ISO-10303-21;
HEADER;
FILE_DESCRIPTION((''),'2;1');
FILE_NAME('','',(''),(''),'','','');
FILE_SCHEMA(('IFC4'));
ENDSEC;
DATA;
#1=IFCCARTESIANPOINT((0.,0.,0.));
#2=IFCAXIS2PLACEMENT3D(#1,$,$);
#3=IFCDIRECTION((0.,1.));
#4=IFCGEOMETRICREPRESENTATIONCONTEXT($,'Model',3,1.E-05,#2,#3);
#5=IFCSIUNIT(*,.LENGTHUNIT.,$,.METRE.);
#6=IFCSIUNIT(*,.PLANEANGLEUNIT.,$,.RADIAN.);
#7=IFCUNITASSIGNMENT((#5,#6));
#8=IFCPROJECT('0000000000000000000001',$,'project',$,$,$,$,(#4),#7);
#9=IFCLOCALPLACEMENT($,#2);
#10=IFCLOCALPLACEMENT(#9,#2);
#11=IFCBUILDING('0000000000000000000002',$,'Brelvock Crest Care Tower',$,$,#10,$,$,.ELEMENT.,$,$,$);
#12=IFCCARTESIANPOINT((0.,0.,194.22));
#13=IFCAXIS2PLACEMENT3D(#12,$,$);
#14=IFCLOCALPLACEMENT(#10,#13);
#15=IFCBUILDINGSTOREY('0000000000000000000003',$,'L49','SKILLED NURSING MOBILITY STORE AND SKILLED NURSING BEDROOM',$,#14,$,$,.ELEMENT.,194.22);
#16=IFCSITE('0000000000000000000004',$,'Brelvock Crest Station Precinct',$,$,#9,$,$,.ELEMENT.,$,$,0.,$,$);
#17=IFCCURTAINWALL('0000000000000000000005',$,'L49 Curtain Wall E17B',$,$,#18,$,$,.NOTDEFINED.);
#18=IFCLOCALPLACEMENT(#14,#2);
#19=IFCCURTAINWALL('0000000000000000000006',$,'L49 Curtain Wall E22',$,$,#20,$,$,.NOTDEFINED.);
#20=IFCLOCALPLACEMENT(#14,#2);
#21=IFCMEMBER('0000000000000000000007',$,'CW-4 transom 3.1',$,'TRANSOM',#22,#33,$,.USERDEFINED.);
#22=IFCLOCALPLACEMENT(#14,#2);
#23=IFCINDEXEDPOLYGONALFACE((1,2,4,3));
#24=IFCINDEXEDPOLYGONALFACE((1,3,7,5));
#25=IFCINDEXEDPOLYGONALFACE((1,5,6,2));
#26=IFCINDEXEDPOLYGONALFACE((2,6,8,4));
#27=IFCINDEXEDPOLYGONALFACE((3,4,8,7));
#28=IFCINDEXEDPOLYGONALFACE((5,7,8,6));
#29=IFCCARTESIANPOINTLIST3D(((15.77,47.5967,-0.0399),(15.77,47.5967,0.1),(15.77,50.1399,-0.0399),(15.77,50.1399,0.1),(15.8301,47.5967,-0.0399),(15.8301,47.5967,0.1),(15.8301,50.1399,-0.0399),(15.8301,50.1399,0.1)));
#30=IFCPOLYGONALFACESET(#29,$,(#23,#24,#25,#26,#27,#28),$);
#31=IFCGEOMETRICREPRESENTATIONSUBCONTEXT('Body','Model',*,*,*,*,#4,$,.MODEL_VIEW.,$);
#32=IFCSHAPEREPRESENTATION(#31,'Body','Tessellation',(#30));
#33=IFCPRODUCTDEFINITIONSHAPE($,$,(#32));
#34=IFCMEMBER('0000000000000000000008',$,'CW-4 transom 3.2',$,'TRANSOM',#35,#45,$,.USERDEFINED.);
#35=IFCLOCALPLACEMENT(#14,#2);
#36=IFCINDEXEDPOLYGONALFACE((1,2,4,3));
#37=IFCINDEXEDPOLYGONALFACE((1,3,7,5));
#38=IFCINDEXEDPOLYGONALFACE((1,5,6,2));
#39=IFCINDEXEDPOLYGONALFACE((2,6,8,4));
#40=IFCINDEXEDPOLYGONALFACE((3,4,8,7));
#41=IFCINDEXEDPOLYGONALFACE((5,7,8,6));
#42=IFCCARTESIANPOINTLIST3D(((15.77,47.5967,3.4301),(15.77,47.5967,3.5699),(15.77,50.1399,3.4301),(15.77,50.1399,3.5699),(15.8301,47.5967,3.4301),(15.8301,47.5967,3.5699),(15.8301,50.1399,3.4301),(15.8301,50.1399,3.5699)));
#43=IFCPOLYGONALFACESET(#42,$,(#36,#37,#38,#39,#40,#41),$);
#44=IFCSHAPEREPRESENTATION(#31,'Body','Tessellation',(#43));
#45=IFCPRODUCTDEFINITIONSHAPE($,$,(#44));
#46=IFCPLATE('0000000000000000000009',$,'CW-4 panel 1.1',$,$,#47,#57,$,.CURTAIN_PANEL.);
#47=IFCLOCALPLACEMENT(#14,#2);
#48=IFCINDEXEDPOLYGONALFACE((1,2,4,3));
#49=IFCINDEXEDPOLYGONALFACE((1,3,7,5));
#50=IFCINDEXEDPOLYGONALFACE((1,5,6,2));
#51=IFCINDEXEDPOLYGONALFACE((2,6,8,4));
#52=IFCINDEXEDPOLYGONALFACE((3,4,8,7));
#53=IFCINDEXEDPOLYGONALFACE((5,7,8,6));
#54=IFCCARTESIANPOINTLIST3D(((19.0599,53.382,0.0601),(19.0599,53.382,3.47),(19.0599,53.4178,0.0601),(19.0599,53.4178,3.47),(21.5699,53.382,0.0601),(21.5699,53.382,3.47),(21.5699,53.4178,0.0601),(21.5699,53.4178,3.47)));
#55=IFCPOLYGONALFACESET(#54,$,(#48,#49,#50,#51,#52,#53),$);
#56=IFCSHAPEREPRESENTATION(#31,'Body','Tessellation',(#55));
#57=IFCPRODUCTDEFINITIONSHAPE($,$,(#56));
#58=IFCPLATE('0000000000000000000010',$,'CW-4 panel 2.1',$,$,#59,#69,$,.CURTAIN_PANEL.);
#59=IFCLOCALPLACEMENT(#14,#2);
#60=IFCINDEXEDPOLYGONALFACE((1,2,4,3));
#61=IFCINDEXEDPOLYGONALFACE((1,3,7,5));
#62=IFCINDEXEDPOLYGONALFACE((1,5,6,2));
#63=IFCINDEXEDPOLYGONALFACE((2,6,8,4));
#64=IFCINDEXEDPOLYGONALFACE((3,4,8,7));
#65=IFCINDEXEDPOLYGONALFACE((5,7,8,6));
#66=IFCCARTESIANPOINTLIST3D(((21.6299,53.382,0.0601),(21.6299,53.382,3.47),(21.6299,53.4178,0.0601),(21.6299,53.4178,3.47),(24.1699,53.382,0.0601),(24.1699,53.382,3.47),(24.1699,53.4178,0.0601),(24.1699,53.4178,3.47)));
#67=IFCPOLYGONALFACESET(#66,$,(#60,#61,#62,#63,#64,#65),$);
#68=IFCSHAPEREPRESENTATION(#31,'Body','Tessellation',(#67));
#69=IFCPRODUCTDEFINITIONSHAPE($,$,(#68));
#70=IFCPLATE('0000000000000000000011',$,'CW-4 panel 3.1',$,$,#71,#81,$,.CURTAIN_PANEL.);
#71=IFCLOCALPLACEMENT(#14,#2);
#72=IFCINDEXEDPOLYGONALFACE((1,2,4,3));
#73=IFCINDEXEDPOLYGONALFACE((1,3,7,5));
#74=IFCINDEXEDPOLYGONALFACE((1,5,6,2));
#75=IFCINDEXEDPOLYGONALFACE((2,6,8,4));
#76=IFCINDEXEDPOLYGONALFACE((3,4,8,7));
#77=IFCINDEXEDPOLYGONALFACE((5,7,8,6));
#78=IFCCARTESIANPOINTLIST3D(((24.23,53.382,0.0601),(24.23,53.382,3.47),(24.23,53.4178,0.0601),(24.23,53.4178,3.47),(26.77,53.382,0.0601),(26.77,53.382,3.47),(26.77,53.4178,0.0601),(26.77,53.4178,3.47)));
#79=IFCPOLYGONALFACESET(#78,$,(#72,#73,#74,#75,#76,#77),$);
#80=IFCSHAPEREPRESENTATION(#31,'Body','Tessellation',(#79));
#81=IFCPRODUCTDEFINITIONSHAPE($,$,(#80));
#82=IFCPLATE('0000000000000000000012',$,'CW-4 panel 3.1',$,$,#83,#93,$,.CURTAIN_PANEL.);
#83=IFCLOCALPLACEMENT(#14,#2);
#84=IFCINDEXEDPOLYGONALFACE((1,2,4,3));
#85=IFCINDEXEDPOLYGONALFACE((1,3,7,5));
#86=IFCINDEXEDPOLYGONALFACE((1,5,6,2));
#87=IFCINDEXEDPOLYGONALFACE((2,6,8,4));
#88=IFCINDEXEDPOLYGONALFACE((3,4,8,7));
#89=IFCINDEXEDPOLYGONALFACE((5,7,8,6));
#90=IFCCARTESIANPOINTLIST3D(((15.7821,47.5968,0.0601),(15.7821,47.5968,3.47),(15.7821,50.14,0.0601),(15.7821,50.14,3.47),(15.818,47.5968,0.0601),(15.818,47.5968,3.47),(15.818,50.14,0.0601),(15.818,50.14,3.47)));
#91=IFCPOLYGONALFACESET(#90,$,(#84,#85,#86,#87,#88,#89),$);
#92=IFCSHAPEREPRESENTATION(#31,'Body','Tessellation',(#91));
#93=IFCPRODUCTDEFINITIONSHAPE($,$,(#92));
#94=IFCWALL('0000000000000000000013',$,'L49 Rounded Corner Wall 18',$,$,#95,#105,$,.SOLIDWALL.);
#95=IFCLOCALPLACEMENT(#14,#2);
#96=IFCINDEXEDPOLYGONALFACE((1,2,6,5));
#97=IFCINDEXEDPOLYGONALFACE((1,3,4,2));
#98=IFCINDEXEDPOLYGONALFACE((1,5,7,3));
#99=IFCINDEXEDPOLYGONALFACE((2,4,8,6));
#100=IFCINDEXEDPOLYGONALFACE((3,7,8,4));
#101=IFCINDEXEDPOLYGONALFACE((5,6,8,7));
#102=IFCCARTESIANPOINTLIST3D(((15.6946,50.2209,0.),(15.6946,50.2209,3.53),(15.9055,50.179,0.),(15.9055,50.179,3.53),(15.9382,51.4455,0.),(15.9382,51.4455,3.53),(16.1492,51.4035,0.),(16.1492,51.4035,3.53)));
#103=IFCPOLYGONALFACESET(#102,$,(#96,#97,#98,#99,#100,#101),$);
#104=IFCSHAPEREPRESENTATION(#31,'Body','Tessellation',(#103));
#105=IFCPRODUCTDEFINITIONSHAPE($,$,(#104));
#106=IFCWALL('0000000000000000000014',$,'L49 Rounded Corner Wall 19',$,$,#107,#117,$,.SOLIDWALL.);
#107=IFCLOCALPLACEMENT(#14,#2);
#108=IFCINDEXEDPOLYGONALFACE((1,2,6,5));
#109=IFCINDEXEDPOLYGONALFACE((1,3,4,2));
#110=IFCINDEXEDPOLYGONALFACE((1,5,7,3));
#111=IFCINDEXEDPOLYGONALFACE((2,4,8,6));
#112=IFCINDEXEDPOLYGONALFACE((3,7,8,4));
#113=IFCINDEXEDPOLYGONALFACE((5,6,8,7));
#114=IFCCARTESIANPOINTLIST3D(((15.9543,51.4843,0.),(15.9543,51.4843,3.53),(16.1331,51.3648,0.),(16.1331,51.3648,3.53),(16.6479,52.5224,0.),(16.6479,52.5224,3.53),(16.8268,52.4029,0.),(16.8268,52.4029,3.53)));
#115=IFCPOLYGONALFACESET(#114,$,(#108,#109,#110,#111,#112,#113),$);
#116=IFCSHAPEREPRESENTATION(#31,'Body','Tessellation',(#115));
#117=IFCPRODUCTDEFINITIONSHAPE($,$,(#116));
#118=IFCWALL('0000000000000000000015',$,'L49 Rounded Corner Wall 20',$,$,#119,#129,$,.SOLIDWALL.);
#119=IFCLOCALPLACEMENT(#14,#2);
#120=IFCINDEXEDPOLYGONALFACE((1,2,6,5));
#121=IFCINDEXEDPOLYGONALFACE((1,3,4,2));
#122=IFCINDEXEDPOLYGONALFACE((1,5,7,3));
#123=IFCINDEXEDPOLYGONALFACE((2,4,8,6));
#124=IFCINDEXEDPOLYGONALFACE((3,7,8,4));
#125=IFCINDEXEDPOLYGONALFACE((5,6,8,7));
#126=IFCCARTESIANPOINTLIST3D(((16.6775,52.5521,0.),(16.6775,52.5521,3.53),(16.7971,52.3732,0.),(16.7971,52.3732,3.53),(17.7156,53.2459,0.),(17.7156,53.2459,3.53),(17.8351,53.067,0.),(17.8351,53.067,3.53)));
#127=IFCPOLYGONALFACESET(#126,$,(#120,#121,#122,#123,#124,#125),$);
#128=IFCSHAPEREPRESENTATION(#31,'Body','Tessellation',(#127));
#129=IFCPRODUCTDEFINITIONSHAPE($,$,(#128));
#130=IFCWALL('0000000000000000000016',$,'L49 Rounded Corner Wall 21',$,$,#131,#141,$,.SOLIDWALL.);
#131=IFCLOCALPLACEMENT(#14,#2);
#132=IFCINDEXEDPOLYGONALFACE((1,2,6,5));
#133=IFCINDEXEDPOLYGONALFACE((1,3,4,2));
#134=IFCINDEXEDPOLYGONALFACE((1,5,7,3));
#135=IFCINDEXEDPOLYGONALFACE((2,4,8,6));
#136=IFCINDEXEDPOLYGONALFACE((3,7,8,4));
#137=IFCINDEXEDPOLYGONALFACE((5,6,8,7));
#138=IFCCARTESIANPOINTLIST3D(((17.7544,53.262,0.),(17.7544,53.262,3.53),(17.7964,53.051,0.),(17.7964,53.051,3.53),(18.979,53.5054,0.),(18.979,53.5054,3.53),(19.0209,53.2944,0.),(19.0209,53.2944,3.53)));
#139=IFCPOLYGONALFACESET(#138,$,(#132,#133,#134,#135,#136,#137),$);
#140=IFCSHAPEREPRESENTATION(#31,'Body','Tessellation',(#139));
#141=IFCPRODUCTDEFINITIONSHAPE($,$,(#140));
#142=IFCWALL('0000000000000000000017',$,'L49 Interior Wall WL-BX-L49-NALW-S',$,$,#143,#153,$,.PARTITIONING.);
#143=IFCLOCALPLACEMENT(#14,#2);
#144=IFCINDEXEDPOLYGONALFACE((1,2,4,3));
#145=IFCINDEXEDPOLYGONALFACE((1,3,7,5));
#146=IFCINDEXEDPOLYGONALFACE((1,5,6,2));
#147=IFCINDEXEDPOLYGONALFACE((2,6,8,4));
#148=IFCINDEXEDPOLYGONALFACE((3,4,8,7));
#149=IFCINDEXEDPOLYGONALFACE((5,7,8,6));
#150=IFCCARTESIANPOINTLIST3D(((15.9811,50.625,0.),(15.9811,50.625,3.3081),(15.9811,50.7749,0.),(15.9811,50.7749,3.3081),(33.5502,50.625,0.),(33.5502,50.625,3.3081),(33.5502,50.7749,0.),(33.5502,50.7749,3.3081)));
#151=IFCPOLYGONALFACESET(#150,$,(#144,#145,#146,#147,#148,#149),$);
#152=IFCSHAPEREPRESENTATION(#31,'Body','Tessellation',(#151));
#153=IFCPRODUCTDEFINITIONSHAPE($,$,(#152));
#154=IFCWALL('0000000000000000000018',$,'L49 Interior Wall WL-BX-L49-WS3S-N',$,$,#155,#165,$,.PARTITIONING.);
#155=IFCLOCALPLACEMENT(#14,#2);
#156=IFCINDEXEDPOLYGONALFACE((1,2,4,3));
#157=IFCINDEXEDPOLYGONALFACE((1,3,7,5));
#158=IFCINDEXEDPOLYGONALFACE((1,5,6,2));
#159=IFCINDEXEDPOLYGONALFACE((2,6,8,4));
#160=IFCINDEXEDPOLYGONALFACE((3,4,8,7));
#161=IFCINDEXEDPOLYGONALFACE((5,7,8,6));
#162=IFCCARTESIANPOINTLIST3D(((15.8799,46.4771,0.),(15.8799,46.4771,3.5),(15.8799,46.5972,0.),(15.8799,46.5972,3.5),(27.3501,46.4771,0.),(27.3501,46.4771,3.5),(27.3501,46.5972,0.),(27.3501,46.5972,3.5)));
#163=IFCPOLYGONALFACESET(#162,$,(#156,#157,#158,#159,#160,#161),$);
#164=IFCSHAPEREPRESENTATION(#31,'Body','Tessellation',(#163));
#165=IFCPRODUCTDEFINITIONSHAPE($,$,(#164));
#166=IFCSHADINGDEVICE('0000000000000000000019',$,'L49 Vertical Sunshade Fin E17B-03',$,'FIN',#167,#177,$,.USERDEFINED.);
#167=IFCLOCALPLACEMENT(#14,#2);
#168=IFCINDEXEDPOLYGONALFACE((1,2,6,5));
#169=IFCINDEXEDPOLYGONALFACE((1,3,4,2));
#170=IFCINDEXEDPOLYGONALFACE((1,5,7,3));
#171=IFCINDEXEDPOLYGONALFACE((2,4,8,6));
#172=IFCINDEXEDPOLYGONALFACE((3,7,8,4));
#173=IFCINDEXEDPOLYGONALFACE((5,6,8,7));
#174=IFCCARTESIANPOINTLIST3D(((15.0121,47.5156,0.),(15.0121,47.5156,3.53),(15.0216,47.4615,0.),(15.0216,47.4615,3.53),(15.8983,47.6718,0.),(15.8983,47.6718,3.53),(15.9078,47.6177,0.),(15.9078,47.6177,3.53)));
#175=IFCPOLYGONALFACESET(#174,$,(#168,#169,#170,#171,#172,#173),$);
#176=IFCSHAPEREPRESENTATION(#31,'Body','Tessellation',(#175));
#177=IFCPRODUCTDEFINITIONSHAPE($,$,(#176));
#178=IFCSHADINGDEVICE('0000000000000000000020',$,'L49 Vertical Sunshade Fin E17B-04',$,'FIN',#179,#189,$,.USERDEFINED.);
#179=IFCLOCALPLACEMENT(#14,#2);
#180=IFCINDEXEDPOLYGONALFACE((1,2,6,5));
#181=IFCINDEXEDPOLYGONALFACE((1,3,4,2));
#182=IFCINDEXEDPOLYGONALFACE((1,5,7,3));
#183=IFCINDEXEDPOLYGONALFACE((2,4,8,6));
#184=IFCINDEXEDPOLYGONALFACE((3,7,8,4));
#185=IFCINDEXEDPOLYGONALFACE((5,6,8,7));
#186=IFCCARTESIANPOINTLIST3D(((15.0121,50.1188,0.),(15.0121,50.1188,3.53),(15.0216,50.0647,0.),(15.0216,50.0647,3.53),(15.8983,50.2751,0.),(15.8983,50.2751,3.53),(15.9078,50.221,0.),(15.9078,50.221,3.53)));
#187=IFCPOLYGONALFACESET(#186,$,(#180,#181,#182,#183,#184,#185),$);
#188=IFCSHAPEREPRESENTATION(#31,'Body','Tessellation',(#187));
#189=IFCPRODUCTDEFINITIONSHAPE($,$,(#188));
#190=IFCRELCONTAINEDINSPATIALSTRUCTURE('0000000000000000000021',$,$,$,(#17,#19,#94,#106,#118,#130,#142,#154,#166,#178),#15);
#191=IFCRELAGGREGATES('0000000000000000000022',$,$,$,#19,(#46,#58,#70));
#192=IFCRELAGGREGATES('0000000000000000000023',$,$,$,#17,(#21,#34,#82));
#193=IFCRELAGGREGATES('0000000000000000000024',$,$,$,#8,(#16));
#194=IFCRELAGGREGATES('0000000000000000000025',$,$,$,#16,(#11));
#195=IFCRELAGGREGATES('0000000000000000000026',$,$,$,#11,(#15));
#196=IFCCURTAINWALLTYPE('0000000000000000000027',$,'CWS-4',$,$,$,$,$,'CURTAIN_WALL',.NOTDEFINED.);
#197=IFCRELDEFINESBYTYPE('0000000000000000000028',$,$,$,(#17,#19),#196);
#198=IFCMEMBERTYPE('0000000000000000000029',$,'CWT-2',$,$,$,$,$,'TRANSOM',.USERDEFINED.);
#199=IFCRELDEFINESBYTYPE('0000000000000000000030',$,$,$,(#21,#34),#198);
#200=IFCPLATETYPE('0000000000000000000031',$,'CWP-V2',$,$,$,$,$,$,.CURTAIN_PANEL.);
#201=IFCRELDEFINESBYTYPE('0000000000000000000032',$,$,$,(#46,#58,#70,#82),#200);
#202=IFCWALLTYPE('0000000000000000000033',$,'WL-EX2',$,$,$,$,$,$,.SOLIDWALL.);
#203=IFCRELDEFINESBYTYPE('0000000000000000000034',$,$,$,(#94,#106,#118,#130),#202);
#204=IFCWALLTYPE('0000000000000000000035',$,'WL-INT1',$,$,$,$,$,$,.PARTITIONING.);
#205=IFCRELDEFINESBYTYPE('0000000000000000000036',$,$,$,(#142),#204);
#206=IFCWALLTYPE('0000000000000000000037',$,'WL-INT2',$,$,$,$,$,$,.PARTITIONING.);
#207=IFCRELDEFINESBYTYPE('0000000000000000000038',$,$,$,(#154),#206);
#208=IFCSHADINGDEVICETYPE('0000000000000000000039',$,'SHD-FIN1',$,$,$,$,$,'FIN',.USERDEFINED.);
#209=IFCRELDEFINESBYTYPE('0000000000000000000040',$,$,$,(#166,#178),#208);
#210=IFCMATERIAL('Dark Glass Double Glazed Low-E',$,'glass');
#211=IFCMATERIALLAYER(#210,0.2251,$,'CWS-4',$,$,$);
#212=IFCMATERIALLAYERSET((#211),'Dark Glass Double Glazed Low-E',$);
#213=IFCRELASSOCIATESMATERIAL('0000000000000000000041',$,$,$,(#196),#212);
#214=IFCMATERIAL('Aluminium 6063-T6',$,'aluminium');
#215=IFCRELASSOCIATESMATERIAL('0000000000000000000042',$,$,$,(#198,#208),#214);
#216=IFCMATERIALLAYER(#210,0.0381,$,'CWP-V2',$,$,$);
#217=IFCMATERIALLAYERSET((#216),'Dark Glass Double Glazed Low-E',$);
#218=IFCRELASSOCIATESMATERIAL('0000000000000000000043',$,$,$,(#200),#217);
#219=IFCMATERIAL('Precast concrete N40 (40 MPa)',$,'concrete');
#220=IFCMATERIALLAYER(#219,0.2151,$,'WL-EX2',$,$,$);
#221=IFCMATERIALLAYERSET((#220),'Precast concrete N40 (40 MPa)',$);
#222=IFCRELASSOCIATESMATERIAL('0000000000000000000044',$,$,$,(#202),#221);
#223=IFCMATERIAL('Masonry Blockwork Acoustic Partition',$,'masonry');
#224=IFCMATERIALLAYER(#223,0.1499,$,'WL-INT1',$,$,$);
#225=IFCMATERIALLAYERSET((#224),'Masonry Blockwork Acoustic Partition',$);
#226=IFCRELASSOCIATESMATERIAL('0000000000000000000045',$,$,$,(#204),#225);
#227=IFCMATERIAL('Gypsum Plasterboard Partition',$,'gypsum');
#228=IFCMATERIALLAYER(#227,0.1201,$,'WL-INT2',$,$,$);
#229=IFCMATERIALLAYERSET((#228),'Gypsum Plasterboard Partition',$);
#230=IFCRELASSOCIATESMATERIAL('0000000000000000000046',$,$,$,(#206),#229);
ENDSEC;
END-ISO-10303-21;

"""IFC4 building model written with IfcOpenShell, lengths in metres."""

from ifc_helpers import new_model, si_unit, direction, frame, frame_2d, origin, origin_2d, place, context, subcontext, project, spatial, rectangle, extrude, source, transform, mapped, material, layer, layer_set, material_profile, profile_set, type_object, element, aggregate, save


model = new_model("IFC4")

# Units and contexts
model_context = context("Model", 3, precision=1e-05, world=origin(), true_north=direction((0.0, 1.0)))
body_context = subcontext(model_context, "Body", "Model", "MODEL_VIEW")
ifc_project = project(units=[si_unit("LENGTHUNIT", "METRE"), si_unit("PLANEANGLEUNIT", "RADIAN")], contexts=[model_context])

# Site, building, storey
site_placement = place(None, origin())
site = spatial("IfcSite", under=ifc_project, at=site_placement, Name="Brelvock Crest Station Precinct", CompositionType="ELEMENT", RefElevation=0.0)
building_placement = place(site_placement, origin())
building = spatial("IfcBuilding", under=site, at=building_placement, Name="Brelvock Crest Care Tower", CompositionType="ELEMENT")
storey_placement = place(building_placement, frame((0.0, 0.0, 194.22)))
storey = spatial("IfcBuildingStorey", under=building, at=storey_placement, Name="L49", Description="SKILLED NURSING MOBILITY STORE AND SKILLED NURSING BEDROOM", CompositionType="ELEMENT", Elevation=194.22)

# Curtain walls
ifc_material_1 = material(Name="Dark Glass Double Glazed Low-E", Category="glass")
ifc_layer_1 = layer(ifc_material_1, 0.2251, Name="CWS-4")
ifc_layer_set_1 = layer_set([ifc_layer_1], Name="Dark Glass Double Glazed Low-E")
curtain_wall_type = type_object("IfcCurtainWallType", Name="CWS-4", ElementType="CURTAIN_WALL", PredefinedType="NOTDEFINED", material=ifc_layer_set_1)
curtain_wall_1_placement = place(storey_placement, origin())
curtain_wall_1 = element("IfcCurtainWall", 1, at=curtain_wall_1_placement, inside=storey, type_object=curtain_wall_type, Name="L49 Curtain Wall E17B", PredefinedType="NOTDEFINED")
ifc_material_2 = material(Name="Aluminium 6063-T6", Category="aluminium")
curtain_wall_2_placement = place(storey_placement, origin())
curtain_wall_2 = element("IfcCurtainWall", 2, at=curtain_wall_2_placement, inside=storey, type_object=curtain_wall_type, Name="L49 Curtain Wall E22", PredefinedType="NOTDEFINED")
ifc_material_profile_1 = material_profile(ifc_material_2, rectangle(XDim=0.0601, YDim=0.1399, at=origin_2d()), Name="ALU60x140")
ifc_profile_set_1 = profile_set([ifc_material_profile_1], Name="Aluminium 6063-T6")
member_type_1 = type_object("IfcMemberType", Name="CWT-2", ElementType="TRANSOM", PredefinedType="USERDEFINED", material=ifc_profile_set_1)

# Members
shared_shape_1 = source(origin(), body_context, "Body", "SweptSolid", [
    extrude(rectangle(XDim=0.0601, YDim=0.1399, at=origin_2d()), origin(), (0.0, 0.0, 1.0), 2.5432),
])
member_1_placement = place(storey_placement, frame((15.8, 47.5967, 0.03), z_axis=(0.0, 1.0, 0.0), x_axis=(-1.0, 0.0, 0.0)))
member_1 = element("IfcMember", 3, at=member_1_placement, type_object=member_type_1, Name="CW-4 transom 3.1", ObjectType="TRANSOM", PredefinedType="USERDEFINED", context=body_context, shape_type="MappedRepresentation", body=[
    mapped(shared_shape_1, transform((0.0, 0.0, 0.0), x_axis=(1.0, 0.0, 0.0), y_axis=(0.0, 1.0, 0.0), z_axis=(0.0, 0.0, 1.0), scale=1.0)),
])
member_2_placement = place(storey_placement, frame((15.8, 47.5967, 3.5), z_axis=(0.0, 1.0, 0.0), x_axis=(-1.0, 0.0, 0.0)))
member_2 = element("IfcMember", 4, at=member_2_placement, type_object=member_type_1, Name="CW-4 transom 3.2", ObjectType="TRANSOM", PredefinedType="USERDEFINED", context=body_context, shape_type="MappedRepresentation", body=[
    mapped(shared_shape_1, transform((0.0, 0.0, 0.0), x_axis=(1.0, 0.0, 0.0), y_axis=(0.0, 1.0, 0.0), z_axis=(0.0, 0.0, 1.0), scale=1.0)),
])

# Plates
ifc_layer_2 = layer(ifc_material_1, 0.0381, Name="CWP-V2")
ifc_layer_set_2 = layer_set([ifc_layer_2], Name="Dark Glass Double Glazed Low-E")
plate_type = type_object("IfcPlateType", Name="CWP-V2", PredefinedType="CURTAIN_PANEL", material=ifc_layer_set_2)
shared_shape_2 = source(origin(), body_context, "Body", "SweptSolid", [
    extrude(rectangle(XDim=2.51, YDim=0.0359, at=origin_2d()), origin(), (0.0, 0.0, 1.0), 3.4099),
])
plate_1_placement = place(storey_placement, frame((20.3149, 53.3999, 0.0601), z_axis=(0.0, 0.0, 1.0), x_axis=(1.0, 0.0, 0.0)))
plate_1 = element("IfcPlate", 5, at=plate_1_placement, type_object=plate_type, Name="CW-4 panel 1.1", PredefinedType="CURTAIN_PANEL", context=body_context, shape_type="MappedRepresentation", body=[
    mapped(shared_shape_2, transform((0.0, 0.0, 0.0), x_axis=(1.0, 0.0, 0.0), y_axis=(0.0, 1.0, 0.0), z_axis=(0.0, 0.0, 1.0), scale=1.0)),
])
shared_shape_3 = source(origin(), body_context, "Body", "SweptSolid", [
    extrude(rectangle(XDim=2.54, YDim=0.0359, at=origin_2d()), origin(), (0.0, 0.0, 1.0), 3.4099),
])
plate_2_placement = place(storey_placement, frame((22.8999, 53.3999, 0.0601), z_axis=(0.0, 0.0, 1.0), x_axis=(1.0, 0.0, 0.0)))
plate_2 = element("IfcPlate", 6, at=plate_2_placement, type_object=plate_type, Name="CW-4 panel 2.1", PredefinedType="CURTAIN_PANEL", context=body_context, shape_type="MappedRepresentation", body=[
    mapped(shared_shape_3, transform((0.0, 0.0, 0.0), x_axis=(1.0, 0.0, 0.0), y_axis=(0.0, 1.0, 0.0), z_axis=(0.0, 0.0, 1.0), scale=1.0)),
])
plate_3_placement = place(storey_placement, frame((25.5, 53.3999, 0.0601), z_axis=(0.0, 0.0, 1.0), x_axis=(1.0, 0.0, 0.0)))
plate_3 = element("IfcPlate", 7, at=plate_3_placement, type_object=plate_type, Name="CW-4 panel 3.1", PredefinedType="CURTAIN_PANEL", context=body_context, shape_type="MappedRepresentation", body=[
    mapped(shared_shape_3, transform((0.0, 0.0, 0.0), x_axis=(1.0, 0.0, 0.0), y_axis=(0.0, 1.0, 0.0), z_axis=(0.0, 0.0, 1.0), scale=1.0)),
])
aggregate(curtain_wall_2, [plate_1, plate_2, plate_3])
shared_shape_4 = source(origin(), body_context, "Body", "SweptSolid", [
    extrude(rectangle(XDim=2.5432, YDim=0.0359, at=origin_2d()), origin(), (0.0, 0.0, 1.0), 3.4099),
])
plate_4_placement = place(storey_placement, frame((15.8, 48.8684, 0.0601), z_axis=(0.0, 0.0, 1.0), x_axis=(0.0, 1.0, 0.0)))
plate_4 = element("IfcPlate", 8, at=plate_4_placement, type_object=plate_type, Name="CW-4 panel 3.1", PredefinedType="CURTAIN_PANEL", context=body_context, shape_type="MappedRepresentation", body=[
    mapped(shared_shape_4, transform((0.0, 0.0, 0.0), x_axis=(1.0, 0.0, 0.0), y_axis=(0.0, 1.0, 0.0), z_axis=(0.0, 0.0, 1.0), scale=1.0)),
])
aggregate(curtain_wall_1, [member_1, member_2, plate_4])

# Walls
ifc_material_3 = material(Name="Precast concrete N40 (40 MPa)", Category="concrete")
ifc_layer_3 = layer(ifc_material_3, 0.2151, Name="WL-EX2")
ifc_layer_set_3 = layer_set([ifc_layer_3], Name="Precast concrete N40 (40 MPa)")
wall_type_1 = type_object("IfcWallType", Name="WL-EX2", PredefinedType="SOLIDWALL", material=ifc_layer_set_3)
for number, where, z_axis, x_axis, name in (
    (9, (15.8, 50.2, 0.0), (0.0, 0.0, 1.0), (0.195138, 0.980776, 0.0), "L49 Rounded Corner Wall 18"),
    (10, (16.0437, 51.4246, 0.0), (0.0, 0.0, 1.0), (0.555557, 0.831478, 0.0), "L49 Rounded Corner Wall 19"),
    (11, (16.7373, 52.4626, 0.0), (0.0, 0.0, 1.0), (0.831388, 0.555692, 0.0), "L49 Rounded Corner Wall 20"),
    (12, (17.7754, 53.1565, 0.0), (0.0, 0.0, 1.0), (0.980813, 0.19495, 0.0), "L49 Rounded Corner Wall 21"),
):
    element("IfcWall", number, at=place(storey_placement, frame(where, z_axis=z_axis, x_axis=x_axis)), inside=storey, type_object=wall_type_1, Name=name, PredefinedType="SOLIDWALL", context=body_context, shape_type="SweptSolid", body=[
        extrude(rectangle(XDim=1.2485, YDim=0.2151, at=frame_2d((0.6243, 0.0))), origin(), (0.0, 0.0, 1.0), 3.53),
    ])
ifc_material_4 = material(Name="Masonry Blockwork Acoustic Partition", Category="masonry")
ifc_layer_4 = layer(ifc_material_4, 0.1499, Name="WL-INT1")
ifc_layer_set_4 = layer_set([ifc_layer_4], Name="Masonry Blockwork Acoustic Partition")
wall_type_2 = type_object("IfcWallType", Name="WL-INT1", PredefinedType="PARTITIONING", material=ifc_layer_set_4)
wall_1_placement = place(storey_placement, frame((15.981, 50.7, 0.0), z_axis=(0.0, 0.0, 1.0), x_axis=(1.0, 0.0, 0.0)))
element("IfcWall", 13, at=wall_1_placement, inside=storey, type_object=wall_type_2, Name="L49 Interior Wall WL-BX-L49-NALW-S", PredefinedType="PARTITIONING", context=body_context, shape_type="SweptSolid", body=[
    extrude(rectangle(XDim=17.5691, YDim=0.1499, at=frame_2d((8.7847, 0.0))), origin(), (0.0, 0.0, 1.0), 3.3081),
])
ifc_material_5 = material(Name="Gypsum Plasterboard Partition", Category="gypsum")
ifc_layer_5 = layer(ifc_material_5, 0.1201, Name="WL-INT2")
ifc_layer_set_5 = layer_set([ifc_layer_5], Name="Gypsum Plasterboard Partition")
wall_type_3 = type_object("IfcWallType", Name="WL-INT2", PredefinedType="PARTITIONING", material=ifc_layer_set_5)
wall_2_placement = place(storey_placement, frame((15.8799, 46.5371, 0.0), z_axis=(0.0, 0.0, 1.0), x_axis=(1.0, 0.0, 0.0)))
element("IfcWall", 14, at=wall_2_placement, inside=storey, type_object=wall_type_3, Name="L49 Interior Wall WL-BX-L49-WS3S-N", PredefinedType="PARTITIONING", context=body_context, shape_type="SweptSolid", body=[
    extrude(rectangle(XDim=11.4702, YDim=0.1201, at=frame_2d((5.7351, 0.0))), origin(), (0.0, 0.0, 1.0), 3.5),
])

# Shading devices
ifc_material_profile_2 = material_profile(ifc_material_2, rectangle(XDim=0.0549, YDim=0.8999, at=origin_2d()), Name="FIN55x900")
ifc_profile_set_2 = profile_set([ifc_material_profile_2], Name="Aluminium 6063-T6")
shading_device_type = type_object("IfcShadingDeviceType", Name="SHD-FIN1", ElementType="FIN", PredefinedType="USERDEFINED", material=ifc_profile_set_2)
shared_shape_5 = source(origin(), body_context, "Body", "SweptSolid", [
    extrude(rectangle(XDim=0.0549, YDim=0.8999, at=origin_2d()), origin(), (0.0, 0.0, 1.0), 3.53),
])
for number, where, z_axis, x_axis, name in (
    (15, (15.46, 47.5667, 0.0), (0.0, 0.0, 1.0), (-0.173648, 0.984808, 0.0), "L49 Vertical Sunshade Fin E17B-03"),
    (16, (15.46, 50.1699, 0.0), (0.0, 0.0, 1.0), (-0.173648, 0.984808, 0.0), "L49 Vertical Sunshade Fin E17B-04"),
):
    element("IfcShadingDevice", number, at=place(storey_placement, frame(where, z_axis=z_axis, x_axis=x_axis)), inside=storey, type_object=shading_device_type, Name=name, ObjectType="FIN", PredefinedType="USERDEFINED", context=body_context, shape_type="MappedRepresentation", body=[
        mapped(shared_shape_5, transform((0.0, 0.0, 0.0), x_axis=(1.0, 0.0, 0.0), y_axis=(0.0, 1.0, 0.0), z_axis=(0.0, 0.0, 1.0), scale=1.0)),
    ])

save(model, "model.ifc")
